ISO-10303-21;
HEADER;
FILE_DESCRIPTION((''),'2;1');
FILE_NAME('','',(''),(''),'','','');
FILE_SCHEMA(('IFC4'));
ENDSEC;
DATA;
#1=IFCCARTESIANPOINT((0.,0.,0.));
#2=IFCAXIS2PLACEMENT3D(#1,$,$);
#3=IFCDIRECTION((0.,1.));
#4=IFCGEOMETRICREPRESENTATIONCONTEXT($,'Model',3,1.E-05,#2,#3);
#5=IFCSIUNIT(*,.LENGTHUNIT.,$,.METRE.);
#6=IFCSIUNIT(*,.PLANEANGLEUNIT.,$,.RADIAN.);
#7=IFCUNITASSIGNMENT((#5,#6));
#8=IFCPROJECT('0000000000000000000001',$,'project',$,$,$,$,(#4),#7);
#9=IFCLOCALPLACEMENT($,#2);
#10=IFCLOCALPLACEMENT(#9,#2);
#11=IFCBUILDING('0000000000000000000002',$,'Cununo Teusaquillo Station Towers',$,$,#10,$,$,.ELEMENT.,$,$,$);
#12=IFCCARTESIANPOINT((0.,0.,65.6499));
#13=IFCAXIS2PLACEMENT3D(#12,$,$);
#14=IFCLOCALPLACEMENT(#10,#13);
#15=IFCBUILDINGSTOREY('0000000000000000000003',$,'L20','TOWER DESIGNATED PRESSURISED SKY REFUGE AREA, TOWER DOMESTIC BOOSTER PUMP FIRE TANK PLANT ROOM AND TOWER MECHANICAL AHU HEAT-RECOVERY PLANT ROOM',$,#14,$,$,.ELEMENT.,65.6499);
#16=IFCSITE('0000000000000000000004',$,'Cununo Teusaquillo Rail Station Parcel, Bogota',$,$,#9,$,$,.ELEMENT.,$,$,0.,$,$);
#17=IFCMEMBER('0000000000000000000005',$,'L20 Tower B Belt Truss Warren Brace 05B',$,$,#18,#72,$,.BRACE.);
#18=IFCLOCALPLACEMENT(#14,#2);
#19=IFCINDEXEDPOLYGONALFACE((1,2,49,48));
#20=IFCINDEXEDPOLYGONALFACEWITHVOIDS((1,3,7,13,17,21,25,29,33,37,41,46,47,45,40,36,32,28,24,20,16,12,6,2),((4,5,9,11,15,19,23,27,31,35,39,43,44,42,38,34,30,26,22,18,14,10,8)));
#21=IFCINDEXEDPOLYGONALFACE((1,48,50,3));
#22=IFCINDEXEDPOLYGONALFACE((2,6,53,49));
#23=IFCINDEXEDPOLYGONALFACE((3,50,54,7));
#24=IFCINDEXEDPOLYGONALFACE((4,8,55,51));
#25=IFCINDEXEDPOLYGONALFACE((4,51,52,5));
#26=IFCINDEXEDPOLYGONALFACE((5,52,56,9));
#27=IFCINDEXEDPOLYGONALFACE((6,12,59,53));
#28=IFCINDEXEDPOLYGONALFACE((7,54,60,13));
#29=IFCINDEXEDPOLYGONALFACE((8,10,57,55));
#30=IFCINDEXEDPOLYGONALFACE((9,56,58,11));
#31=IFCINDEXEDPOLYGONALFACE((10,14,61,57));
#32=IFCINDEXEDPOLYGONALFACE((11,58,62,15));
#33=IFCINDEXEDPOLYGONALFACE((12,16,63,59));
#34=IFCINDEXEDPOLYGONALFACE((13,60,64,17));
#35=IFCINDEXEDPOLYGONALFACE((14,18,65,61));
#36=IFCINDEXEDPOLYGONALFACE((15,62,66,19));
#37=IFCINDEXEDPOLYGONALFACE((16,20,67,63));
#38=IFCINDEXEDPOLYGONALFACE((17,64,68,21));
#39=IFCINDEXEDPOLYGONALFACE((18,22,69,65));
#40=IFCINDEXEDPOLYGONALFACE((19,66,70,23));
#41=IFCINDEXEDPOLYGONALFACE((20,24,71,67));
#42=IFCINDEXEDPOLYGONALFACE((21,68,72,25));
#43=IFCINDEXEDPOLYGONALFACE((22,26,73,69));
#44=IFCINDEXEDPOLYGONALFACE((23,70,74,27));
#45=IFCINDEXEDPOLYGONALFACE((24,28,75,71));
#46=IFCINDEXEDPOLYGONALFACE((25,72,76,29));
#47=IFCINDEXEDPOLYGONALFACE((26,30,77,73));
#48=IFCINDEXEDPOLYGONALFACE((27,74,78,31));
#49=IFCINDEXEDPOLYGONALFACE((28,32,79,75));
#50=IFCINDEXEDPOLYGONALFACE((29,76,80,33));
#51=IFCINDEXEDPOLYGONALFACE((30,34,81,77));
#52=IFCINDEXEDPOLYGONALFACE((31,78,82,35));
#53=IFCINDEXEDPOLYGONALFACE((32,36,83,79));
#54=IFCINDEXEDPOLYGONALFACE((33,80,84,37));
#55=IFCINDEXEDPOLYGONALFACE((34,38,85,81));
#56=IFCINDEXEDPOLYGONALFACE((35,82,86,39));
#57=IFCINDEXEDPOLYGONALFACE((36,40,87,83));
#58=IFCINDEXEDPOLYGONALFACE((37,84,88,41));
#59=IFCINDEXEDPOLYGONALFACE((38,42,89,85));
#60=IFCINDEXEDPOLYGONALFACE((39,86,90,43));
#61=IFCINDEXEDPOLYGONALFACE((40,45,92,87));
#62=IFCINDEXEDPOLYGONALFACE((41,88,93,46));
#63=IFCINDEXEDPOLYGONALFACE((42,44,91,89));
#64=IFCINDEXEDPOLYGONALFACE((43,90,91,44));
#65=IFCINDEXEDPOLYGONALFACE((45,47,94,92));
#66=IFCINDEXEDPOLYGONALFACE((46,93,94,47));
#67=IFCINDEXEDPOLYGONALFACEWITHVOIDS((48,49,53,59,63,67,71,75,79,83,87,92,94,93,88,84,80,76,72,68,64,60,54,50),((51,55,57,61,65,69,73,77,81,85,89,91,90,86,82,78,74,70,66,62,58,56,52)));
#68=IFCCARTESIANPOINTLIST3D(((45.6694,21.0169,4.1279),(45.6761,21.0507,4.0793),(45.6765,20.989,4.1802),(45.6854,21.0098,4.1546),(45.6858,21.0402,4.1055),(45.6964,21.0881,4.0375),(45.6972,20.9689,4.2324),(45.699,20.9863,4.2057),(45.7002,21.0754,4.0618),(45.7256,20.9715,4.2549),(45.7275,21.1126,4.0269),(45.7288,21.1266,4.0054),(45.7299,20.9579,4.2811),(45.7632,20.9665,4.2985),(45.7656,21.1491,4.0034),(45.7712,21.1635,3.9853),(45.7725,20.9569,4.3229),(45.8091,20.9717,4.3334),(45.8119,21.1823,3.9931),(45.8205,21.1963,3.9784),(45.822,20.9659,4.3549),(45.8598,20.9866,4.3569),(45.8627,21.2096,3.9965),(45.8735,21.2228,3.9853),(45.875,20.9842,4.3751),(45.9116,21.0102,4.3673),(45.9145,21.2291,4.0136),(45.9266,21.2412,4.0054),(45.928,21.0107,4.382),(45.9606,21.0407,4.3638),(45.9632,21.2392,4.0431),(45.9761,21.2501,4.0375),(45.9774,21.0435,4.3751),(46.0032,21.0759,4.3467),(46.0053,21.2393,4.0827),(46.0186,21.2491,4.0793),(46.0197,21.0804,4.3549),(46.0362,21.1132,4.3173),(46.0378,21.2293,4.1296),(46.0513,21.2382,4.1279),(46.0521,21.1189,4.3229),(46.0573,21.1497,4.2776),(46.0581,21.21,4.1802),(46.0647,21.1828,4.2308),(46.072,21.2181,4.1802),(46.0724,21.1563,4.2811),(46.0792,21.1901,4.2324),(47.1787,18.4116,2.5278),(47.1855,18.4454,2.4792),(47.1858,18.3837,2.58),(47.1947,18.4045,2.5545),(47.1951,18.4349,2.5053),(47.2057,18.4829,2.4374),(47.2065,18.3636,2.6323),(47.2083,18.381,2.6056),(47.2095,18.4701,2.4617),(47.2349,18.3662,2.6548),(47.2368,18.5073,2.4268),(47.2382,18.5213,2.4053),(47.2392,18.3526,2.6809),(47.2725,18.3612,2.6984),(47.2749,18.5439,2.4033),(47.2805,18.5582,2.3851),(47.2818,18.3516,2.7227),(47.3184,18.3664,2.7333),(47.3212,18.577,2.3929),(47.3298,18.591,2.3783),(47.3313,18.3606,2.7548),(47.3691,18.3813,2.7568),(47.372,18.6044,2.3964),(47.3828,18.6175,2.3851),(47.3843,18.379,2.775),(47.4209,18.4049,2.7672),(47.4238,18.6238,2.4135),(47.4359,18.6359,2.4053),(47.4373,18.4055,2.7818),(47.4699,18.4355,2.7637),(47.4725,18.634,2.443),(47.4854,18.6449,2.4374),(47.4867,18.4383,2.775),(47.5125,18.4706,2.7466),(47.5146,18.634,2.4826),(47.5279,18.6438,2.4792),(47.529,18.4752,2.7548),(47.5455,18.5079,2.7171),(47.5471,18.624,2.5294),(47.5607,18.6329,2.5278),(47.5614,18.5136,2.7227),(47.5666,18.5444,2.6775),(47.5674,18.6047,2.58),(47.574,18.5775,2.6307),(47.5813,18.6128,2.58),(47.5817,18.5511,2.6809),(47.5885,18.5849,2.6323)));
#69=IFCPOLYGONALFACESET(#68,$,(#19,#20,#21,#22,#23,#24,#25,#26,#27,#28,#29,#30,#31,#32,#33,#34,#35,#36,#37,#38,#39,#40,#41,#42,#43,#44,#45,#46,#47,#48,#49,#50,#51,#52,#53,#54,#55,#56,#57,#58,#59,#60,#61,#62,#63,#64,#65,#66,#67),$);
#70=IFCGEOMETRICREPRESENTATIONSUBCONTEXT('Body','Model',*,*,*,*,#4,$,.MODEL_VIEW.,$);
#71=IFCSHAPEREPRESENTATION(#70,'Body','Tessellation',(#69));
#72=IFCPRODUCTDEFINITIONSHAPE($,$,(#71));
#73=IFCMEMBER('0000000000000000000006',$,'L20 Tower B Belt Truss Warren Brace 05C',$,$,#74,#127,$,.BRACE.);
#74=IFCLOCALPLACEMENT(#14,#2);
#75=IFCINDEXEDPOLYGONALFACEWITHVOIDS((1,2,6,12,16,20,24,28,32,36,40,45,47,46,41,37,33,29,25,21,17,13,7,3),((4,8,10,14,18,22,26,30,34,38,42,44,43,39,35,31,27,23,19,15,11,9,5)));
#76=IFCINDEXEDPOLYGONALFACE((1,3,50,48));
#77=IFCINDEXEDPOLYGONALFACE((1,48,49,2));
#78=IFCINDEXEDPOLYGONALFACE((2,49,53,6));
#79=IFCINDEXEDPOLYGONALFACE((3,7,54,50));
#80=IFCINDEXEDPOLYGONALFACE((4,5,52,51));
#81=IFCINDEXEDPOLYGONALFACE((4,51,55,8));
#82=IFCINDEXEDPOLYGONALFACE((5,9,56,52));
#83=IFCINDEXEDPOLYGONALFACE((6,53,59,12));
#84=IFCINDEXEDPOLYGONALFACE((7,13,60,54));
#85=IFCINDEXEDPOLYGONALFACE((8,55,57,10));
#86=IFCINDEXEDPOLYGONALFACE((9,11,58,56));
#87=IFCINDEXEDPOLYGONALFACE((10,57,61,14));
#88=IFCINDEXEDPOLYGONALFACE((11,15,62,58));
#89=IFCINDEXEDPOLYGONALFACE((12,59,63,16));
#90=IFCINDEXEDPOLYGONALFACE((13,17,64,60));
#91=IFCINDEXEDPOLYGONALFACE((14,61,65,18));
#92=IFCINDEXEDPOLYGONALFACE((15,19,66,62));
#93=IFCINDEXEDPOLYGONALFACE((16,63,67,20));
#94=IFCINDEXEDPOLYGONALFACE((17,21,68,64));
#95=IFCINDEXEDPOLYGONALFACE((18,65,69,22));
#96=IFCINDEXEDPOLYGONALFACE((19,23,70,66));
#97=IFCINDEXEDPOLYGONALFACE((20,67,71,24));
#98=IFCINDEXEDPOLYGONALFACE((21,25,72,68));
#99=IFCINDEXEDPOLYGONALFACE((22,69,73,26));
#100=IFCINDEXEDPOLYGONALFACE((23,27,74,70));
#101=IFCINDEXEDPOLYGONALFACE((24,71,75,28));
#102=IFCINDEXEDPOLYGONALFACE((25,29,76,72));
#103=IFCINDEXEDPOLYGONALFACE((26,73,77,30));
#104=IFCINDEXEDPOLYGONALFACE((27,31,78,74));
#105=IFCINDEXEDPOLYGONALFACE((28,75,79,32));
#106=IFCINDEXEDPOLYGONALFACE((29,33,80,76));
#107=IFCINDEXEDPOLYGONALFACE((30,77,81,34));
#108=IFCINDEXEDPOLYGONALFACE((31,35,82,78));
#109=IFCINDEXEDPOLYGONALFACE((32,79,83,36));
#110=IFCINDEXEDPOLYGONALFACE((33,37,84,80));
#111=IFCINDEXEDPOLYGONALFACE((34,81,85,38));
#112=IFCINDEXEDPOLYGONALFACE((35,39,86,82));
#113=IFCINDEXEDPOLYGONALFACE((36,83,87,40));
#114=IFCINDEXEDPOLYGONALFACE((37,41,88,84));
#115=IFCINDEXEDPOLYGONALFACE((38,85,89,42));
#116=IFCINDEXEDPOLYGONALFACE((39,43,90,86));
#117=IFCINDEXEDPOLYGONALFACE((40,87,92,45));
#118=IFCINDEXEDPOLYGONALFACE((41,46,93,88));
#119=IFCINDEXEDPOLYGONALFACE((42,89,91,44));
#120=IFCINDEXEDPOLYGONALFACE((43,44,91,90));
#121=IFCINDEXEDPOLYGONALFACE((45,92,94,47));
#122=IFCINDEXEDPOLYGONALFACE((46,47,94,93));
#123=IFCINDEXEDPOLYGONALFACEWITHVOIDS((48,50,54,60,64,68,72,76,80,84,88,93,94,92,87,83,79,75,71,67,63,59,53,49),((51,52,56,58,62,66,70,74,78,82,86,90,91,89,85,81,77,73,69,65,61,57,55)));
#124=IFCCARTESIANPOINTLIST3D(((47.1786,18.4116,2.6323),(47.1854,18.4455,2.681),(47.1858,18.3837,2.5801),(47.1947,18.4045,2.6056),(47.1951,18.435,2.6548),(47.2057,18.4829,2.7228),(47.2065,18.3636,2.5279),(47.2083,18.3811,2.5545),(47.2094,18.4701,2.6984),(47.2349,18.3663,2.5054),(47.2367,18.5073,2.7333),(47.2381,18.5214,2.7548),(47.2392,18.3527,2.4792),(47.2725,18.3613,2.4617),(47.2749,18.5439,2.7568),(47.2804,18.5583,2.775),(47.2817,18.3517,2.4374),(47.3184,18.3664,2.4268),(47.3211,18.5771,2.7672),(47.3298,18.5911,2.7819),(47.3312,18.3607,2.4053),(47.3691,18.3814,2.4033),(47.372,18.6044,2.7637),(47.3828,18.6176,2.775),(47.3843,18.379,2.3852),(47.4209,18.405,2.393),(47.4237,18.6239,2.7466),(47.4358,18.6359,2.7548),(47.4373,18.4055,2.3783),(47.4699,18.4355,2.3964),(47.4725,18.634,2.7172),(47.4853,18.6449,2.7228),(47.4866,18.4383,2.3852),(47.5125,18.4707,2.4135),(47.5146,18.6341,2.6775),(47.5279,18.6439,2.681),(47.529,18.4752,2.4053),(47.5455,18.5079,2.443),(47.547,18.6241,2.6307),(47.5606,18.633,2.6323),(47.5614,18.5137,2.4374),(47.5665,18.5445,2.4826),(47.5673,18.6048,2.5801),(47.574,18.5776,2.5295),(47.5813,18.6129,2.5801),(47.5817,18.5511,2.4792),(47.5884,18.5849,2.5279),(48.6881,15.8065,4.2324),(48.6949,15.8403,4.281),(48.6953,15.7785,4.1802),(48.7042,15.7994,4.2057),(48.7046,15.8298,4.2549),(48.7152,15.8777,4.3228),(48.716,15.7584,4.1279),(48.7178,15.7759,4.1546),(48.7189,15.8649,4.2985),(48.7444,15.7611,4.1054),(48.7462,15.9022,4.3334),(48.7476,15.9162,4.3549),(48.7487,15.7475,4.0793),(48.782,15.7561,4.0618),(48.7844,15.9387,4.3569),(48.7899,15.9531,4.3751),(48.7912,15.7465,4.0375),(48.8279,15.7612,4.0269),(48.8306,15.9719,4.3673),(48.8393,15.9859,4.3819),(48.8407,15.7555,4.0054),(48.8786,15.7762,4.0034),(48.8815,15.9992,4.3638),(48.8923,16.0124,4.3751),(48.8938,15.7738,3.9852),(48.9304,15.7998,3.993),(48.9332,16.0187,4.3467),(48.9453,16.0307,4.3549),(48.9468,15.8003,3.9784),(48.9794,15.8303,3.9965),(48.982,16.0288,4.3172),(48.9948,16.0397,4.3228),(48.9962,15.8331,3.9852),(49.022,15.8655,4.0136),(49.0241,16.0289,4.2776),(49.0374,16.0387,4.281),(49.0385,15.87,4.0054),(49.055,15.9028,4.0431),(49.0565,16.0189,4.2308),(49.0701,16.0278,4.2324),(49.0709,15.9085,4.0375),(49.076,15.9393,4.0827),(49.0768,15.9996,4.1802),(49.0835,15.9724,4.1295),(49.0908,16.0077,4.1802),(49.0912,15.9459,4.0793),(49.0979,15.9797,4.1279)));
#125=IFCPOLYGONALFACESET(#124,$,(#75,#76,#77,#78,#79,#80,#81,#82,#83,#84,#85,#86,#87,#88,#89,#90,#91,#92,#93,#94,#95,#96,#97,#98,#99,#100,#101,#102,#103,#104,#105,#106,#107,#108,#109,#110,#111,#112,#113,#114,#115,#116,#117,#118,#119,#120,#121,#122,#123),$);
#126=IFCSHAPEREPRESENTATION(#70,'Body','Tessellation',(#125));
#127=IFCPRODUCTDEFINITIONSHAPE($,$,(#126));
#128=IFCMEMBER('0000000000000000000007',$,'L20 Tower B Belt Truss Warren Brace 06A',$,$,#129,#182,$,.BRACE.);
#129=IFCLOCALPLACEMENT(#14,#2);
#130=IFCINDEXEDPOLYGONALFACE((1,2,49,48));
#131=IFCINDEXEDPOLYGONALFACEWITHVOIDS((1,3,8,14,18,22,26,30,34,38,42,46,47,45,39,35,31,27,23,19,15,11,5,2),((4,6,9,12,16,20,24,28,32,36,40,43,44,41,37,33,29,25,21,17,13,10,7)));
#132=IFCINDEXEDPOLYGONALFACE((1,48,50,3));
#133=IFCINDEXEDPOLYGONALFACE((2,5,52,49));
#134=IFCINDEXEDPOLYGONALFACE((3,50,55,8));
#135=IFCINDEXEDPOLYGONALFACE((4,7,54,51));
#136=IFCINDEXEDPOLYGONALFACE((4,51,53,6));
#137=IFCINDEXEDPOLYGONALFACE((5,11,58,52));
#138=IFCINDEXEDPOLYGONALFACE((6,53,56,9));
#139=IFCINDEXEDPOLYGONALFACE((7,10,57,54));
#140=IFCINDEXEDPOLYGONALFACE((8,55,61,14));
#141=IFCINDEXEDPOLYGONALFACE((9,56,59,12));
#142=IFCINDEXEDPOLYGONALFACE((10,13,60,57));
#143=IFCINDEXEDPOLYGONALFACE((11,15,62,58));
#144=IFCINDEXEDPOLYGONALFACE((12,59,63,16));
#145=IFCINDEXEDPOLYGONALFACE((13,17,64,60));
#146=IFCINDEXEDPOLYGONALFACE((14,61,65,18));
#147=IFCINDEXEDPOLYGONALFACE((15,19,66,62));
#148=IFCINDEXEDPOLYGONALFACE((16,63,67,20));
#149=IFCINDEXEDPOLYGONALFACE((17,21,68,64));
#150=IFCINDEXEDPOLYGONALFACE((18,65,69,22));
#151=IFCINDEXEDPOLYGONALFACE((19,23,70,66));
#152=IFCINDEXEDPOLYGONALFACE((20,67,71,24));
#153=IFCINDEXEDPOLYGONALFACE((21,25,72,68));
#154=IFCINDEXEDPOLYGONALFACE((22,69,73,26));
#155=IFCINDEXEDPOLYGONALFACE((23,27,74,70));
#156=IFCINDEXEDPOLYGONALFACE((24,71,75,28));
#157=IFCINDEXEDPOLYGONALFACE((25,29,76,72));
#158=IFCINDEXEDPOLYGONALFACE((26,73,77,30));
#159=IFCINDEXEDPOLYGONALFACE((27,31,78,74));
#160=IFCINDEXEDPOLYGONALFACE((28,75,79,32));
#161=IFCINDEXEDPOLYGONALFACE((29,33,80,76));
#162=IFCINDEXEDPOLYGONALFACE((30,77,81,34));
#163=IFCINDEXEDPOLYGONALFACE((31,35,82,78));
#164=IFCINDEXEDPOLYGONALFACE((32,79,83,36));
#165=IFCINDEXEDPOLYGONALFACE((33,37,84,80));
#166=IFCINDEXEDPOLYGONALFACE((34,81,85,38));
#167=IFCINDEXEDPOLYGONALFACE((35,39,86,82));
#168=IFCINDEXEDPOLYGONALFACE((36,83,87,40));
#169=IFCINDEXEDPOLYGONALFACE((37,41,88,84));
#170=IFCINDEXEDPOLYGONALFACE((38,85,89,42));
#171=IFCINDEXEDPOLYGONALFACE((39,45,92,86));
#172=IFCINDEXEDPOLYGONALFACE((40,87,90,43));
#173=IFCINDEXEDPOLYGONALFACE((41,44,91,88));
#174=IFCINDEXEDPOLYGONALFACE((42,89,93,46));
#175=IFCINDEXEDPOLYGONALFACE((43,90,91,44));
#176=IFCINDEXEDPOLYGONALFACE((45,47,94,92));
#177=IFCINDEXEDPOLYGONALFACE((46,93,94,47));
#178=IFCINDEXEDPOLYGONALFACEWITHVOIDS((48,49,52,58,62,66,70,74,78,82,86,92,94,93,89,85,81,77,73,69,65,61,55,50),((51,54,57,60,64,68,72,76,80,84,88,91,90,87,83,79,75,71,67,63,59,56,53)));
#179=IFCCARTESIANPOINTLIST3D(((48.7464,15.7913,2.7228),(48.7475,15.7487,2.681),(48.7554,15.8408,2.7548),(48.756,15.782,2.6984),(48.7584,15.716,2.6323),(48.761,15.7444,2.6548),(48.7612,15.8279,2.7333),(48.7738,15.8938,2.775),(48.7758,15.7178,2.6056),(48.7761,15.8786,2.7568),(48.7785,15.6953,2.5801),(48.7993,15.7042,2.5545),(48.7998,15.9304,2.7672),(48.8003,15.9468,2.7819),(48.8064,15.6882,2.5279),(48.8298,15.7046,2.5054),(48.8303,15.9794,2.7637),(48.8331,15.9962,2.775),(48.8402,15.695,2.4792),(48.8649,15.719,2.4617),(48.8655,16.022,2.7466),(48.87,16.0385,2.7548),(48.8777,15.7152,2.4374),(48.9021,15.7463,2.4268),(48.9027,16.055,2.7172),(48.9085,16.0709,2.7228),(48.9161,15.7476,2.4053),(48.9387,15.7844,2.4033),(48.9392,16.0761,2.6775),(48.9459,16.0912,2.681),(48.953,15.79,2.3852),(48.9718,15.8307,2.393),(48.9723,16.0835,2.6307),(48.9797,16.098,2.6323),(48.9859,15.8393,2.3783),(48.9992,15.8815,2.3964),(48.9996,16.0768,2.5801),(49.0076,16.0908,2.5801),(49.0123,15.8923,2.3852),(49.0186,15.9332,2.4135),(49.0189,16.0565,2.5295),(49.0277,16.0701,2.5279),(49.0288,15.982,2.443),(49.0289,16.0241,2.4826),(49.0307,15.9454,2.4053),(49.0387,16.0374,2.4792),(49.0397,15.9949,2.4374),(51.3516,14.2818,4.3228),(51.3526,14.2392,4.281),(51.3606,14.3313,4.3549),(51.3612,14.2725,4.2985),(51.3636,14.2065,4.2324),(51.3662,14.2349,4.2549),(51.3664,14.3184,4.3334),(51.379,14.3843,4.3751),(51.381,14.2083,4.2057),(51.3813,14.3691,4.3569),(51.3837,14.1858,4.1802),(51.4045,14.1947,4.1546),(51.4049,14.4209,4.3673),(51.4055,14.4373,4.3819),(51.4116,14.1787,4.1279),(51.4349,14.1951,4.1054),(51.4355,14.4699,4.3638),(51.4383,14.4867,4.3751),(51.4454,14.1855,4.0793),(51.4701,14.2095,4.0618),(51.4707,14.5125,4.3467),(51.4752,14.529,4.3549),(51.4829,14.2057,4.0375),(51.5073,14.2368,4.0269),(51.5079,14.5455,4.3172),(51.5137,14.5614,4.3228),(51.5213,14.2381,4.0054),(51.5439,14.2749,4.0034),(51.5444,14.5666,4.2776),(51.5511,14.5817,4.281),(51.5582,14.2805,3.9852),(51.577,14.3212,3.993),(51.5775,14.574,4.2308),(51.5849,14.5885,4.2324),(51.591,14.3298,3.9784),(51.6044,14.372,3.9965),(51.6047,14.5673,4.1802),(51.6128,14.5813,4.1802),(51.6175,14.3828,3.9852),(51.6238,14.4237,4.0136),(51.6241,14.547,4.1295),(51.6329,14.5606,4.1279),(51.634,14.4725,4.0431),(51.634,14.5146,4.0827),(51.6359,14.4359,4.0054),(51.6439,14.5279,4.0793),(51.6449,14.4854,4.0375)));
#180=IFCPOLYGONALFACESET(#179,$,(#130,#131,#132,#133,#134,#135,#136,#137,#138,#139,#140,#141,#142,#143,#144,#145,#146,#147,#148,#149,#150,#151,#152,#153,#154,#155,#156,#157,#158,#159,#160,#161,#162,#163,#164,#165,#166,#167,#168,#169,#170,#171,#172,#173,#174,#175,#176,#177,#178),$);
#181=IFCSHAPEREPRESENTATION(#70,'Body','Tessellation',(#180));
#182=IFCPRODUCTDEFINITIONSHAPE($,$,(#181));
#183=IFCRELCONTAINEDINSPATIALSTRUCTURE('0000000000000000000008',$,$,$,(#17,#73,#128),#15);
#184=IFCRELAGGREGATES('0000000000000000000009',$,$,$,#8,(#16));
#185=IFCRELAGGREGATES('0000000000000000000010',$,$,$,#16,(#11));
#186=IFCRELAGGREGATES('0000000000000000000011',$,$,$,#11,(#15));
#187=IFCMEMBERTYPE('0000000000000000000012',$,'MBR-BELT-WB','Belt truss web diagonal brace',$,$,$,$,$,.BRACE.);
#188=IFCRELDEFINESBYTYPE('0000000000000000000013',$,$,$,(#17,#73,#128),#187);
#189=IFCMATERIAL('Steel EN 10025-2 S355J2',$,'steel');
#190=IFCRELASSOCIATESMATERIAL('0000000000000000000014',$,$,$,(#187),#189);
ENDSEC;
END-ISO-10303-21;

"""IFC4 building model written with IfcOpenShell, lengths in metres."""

from ifc_helpers import new_model, si_unit, direction, frame, origin, origin_2d, place, context, subcontext, project, spatial, hollow_circle, extrude, material, material_profile, profile_set, type_object, element, save


model = new_model("IFC4")

# Units and contexts
model_context = context("Model", 3, precision=1e-05, world=origin(), true_north=direction((0.0, 1.0)))
body_context = subcontext(model_context, "Body", "Model", "MODEL_VIEW")
ifc_project = project(units=[si_unit("LENGTHUNIT", "METRE"), si_unit("PLANEANGLEUNIT", "RADIAN")], contexts=[model_context])

# Site, building, storey
site_placement = place(None, origin())
site = spatial("IfcSite", under=ifc_project, at=site_placement, Name="Cununo Teusaquillo Rail Station Parcel, Bogota", CompositionType="ELEMENT", RefElevation=0.0)
building_placement = place(site_placement, origin())
building = spatial("IfcBuilding", under=site, at=building_placement, Name="Cununo Teusaquillo Station Towers", CompositionType="ELEMENT")
storey_placement = place(building_placement, frame((0.0, 0.0, 65.6499)))
storey = spatial("IfcBuildingStorey", under=building, at=storey_placement, Name="L20", Description="TOWER DESIGNATED PRESSURISED SKY REFUGE AREA, TOWER DOMESTIC BOOSTER PUMP FIRE TANK PLANT ROOM AND TOWER MECHANICAL AHU HEAT-RECOVERY PLANT ROOM", CompositionType="ELEMENT", Elevation=65.6499)

# Members
ifc_material_1 = material(Name="Steel EN 10025-2 S355J2", Category="steel")
ifc_material_profile_1 = material_profile(ifc_material_1, hollow_circle(Radius=0.2285, WallThickness=0.0161, at=origin_2d()), Name="CHS 457x16")
ifc_profile_set_1 = profile_set([ifc_material_profile_1], Name="Steel EN 10025-2 S355J2")
member_type_1 = type_object("IfcMemberType", Name="MBR-BELT-WB", Description="Belt truss web diagonal brace", PredefinedType="BRACE", material=ifc_profile_set_1)
for number, where, z_axis, x_axis, name in (
    (1, (45.8743, 21.1035, 4.1802), (0.442654, -0.764083, -0.469291), (0.865284, 0.501282, 0.0), "L20 Tower B Belt Truss Warren Brace 05B"),
    (2, (47.3835, 18.4983, 2.5801), (0.442712, -0.764059, 0.469276), (0.865249, 0.501343, 0.0), "L20 Tower B Belt Truss Warren Brace 05C"),
    (3, (48.8931, 15.8931, 2.5801), (0.764059, -0.442712, 0.469276), (0.501343, 0.865249, 0.0), "L20 Tower B Belt Truss Warren Brace 06A"),
):
    element("IfcMember", number, at=place(storey_placement, frame(where, z_axis=z_axis, x_axis=x_axis)), inside=storey, type_object=member_type_1, Name=name, PredefinedType="BRACE", context=body_context, shape_type="SweptSolid", body=[
        extrude(hollow_circle(Radius=0.2285, WallThickness=0.0161, at=origin_2d()), origin(), (0.0, 0.0, 1.0), 3.4097),
    ])

save(model, "model.ifc")
